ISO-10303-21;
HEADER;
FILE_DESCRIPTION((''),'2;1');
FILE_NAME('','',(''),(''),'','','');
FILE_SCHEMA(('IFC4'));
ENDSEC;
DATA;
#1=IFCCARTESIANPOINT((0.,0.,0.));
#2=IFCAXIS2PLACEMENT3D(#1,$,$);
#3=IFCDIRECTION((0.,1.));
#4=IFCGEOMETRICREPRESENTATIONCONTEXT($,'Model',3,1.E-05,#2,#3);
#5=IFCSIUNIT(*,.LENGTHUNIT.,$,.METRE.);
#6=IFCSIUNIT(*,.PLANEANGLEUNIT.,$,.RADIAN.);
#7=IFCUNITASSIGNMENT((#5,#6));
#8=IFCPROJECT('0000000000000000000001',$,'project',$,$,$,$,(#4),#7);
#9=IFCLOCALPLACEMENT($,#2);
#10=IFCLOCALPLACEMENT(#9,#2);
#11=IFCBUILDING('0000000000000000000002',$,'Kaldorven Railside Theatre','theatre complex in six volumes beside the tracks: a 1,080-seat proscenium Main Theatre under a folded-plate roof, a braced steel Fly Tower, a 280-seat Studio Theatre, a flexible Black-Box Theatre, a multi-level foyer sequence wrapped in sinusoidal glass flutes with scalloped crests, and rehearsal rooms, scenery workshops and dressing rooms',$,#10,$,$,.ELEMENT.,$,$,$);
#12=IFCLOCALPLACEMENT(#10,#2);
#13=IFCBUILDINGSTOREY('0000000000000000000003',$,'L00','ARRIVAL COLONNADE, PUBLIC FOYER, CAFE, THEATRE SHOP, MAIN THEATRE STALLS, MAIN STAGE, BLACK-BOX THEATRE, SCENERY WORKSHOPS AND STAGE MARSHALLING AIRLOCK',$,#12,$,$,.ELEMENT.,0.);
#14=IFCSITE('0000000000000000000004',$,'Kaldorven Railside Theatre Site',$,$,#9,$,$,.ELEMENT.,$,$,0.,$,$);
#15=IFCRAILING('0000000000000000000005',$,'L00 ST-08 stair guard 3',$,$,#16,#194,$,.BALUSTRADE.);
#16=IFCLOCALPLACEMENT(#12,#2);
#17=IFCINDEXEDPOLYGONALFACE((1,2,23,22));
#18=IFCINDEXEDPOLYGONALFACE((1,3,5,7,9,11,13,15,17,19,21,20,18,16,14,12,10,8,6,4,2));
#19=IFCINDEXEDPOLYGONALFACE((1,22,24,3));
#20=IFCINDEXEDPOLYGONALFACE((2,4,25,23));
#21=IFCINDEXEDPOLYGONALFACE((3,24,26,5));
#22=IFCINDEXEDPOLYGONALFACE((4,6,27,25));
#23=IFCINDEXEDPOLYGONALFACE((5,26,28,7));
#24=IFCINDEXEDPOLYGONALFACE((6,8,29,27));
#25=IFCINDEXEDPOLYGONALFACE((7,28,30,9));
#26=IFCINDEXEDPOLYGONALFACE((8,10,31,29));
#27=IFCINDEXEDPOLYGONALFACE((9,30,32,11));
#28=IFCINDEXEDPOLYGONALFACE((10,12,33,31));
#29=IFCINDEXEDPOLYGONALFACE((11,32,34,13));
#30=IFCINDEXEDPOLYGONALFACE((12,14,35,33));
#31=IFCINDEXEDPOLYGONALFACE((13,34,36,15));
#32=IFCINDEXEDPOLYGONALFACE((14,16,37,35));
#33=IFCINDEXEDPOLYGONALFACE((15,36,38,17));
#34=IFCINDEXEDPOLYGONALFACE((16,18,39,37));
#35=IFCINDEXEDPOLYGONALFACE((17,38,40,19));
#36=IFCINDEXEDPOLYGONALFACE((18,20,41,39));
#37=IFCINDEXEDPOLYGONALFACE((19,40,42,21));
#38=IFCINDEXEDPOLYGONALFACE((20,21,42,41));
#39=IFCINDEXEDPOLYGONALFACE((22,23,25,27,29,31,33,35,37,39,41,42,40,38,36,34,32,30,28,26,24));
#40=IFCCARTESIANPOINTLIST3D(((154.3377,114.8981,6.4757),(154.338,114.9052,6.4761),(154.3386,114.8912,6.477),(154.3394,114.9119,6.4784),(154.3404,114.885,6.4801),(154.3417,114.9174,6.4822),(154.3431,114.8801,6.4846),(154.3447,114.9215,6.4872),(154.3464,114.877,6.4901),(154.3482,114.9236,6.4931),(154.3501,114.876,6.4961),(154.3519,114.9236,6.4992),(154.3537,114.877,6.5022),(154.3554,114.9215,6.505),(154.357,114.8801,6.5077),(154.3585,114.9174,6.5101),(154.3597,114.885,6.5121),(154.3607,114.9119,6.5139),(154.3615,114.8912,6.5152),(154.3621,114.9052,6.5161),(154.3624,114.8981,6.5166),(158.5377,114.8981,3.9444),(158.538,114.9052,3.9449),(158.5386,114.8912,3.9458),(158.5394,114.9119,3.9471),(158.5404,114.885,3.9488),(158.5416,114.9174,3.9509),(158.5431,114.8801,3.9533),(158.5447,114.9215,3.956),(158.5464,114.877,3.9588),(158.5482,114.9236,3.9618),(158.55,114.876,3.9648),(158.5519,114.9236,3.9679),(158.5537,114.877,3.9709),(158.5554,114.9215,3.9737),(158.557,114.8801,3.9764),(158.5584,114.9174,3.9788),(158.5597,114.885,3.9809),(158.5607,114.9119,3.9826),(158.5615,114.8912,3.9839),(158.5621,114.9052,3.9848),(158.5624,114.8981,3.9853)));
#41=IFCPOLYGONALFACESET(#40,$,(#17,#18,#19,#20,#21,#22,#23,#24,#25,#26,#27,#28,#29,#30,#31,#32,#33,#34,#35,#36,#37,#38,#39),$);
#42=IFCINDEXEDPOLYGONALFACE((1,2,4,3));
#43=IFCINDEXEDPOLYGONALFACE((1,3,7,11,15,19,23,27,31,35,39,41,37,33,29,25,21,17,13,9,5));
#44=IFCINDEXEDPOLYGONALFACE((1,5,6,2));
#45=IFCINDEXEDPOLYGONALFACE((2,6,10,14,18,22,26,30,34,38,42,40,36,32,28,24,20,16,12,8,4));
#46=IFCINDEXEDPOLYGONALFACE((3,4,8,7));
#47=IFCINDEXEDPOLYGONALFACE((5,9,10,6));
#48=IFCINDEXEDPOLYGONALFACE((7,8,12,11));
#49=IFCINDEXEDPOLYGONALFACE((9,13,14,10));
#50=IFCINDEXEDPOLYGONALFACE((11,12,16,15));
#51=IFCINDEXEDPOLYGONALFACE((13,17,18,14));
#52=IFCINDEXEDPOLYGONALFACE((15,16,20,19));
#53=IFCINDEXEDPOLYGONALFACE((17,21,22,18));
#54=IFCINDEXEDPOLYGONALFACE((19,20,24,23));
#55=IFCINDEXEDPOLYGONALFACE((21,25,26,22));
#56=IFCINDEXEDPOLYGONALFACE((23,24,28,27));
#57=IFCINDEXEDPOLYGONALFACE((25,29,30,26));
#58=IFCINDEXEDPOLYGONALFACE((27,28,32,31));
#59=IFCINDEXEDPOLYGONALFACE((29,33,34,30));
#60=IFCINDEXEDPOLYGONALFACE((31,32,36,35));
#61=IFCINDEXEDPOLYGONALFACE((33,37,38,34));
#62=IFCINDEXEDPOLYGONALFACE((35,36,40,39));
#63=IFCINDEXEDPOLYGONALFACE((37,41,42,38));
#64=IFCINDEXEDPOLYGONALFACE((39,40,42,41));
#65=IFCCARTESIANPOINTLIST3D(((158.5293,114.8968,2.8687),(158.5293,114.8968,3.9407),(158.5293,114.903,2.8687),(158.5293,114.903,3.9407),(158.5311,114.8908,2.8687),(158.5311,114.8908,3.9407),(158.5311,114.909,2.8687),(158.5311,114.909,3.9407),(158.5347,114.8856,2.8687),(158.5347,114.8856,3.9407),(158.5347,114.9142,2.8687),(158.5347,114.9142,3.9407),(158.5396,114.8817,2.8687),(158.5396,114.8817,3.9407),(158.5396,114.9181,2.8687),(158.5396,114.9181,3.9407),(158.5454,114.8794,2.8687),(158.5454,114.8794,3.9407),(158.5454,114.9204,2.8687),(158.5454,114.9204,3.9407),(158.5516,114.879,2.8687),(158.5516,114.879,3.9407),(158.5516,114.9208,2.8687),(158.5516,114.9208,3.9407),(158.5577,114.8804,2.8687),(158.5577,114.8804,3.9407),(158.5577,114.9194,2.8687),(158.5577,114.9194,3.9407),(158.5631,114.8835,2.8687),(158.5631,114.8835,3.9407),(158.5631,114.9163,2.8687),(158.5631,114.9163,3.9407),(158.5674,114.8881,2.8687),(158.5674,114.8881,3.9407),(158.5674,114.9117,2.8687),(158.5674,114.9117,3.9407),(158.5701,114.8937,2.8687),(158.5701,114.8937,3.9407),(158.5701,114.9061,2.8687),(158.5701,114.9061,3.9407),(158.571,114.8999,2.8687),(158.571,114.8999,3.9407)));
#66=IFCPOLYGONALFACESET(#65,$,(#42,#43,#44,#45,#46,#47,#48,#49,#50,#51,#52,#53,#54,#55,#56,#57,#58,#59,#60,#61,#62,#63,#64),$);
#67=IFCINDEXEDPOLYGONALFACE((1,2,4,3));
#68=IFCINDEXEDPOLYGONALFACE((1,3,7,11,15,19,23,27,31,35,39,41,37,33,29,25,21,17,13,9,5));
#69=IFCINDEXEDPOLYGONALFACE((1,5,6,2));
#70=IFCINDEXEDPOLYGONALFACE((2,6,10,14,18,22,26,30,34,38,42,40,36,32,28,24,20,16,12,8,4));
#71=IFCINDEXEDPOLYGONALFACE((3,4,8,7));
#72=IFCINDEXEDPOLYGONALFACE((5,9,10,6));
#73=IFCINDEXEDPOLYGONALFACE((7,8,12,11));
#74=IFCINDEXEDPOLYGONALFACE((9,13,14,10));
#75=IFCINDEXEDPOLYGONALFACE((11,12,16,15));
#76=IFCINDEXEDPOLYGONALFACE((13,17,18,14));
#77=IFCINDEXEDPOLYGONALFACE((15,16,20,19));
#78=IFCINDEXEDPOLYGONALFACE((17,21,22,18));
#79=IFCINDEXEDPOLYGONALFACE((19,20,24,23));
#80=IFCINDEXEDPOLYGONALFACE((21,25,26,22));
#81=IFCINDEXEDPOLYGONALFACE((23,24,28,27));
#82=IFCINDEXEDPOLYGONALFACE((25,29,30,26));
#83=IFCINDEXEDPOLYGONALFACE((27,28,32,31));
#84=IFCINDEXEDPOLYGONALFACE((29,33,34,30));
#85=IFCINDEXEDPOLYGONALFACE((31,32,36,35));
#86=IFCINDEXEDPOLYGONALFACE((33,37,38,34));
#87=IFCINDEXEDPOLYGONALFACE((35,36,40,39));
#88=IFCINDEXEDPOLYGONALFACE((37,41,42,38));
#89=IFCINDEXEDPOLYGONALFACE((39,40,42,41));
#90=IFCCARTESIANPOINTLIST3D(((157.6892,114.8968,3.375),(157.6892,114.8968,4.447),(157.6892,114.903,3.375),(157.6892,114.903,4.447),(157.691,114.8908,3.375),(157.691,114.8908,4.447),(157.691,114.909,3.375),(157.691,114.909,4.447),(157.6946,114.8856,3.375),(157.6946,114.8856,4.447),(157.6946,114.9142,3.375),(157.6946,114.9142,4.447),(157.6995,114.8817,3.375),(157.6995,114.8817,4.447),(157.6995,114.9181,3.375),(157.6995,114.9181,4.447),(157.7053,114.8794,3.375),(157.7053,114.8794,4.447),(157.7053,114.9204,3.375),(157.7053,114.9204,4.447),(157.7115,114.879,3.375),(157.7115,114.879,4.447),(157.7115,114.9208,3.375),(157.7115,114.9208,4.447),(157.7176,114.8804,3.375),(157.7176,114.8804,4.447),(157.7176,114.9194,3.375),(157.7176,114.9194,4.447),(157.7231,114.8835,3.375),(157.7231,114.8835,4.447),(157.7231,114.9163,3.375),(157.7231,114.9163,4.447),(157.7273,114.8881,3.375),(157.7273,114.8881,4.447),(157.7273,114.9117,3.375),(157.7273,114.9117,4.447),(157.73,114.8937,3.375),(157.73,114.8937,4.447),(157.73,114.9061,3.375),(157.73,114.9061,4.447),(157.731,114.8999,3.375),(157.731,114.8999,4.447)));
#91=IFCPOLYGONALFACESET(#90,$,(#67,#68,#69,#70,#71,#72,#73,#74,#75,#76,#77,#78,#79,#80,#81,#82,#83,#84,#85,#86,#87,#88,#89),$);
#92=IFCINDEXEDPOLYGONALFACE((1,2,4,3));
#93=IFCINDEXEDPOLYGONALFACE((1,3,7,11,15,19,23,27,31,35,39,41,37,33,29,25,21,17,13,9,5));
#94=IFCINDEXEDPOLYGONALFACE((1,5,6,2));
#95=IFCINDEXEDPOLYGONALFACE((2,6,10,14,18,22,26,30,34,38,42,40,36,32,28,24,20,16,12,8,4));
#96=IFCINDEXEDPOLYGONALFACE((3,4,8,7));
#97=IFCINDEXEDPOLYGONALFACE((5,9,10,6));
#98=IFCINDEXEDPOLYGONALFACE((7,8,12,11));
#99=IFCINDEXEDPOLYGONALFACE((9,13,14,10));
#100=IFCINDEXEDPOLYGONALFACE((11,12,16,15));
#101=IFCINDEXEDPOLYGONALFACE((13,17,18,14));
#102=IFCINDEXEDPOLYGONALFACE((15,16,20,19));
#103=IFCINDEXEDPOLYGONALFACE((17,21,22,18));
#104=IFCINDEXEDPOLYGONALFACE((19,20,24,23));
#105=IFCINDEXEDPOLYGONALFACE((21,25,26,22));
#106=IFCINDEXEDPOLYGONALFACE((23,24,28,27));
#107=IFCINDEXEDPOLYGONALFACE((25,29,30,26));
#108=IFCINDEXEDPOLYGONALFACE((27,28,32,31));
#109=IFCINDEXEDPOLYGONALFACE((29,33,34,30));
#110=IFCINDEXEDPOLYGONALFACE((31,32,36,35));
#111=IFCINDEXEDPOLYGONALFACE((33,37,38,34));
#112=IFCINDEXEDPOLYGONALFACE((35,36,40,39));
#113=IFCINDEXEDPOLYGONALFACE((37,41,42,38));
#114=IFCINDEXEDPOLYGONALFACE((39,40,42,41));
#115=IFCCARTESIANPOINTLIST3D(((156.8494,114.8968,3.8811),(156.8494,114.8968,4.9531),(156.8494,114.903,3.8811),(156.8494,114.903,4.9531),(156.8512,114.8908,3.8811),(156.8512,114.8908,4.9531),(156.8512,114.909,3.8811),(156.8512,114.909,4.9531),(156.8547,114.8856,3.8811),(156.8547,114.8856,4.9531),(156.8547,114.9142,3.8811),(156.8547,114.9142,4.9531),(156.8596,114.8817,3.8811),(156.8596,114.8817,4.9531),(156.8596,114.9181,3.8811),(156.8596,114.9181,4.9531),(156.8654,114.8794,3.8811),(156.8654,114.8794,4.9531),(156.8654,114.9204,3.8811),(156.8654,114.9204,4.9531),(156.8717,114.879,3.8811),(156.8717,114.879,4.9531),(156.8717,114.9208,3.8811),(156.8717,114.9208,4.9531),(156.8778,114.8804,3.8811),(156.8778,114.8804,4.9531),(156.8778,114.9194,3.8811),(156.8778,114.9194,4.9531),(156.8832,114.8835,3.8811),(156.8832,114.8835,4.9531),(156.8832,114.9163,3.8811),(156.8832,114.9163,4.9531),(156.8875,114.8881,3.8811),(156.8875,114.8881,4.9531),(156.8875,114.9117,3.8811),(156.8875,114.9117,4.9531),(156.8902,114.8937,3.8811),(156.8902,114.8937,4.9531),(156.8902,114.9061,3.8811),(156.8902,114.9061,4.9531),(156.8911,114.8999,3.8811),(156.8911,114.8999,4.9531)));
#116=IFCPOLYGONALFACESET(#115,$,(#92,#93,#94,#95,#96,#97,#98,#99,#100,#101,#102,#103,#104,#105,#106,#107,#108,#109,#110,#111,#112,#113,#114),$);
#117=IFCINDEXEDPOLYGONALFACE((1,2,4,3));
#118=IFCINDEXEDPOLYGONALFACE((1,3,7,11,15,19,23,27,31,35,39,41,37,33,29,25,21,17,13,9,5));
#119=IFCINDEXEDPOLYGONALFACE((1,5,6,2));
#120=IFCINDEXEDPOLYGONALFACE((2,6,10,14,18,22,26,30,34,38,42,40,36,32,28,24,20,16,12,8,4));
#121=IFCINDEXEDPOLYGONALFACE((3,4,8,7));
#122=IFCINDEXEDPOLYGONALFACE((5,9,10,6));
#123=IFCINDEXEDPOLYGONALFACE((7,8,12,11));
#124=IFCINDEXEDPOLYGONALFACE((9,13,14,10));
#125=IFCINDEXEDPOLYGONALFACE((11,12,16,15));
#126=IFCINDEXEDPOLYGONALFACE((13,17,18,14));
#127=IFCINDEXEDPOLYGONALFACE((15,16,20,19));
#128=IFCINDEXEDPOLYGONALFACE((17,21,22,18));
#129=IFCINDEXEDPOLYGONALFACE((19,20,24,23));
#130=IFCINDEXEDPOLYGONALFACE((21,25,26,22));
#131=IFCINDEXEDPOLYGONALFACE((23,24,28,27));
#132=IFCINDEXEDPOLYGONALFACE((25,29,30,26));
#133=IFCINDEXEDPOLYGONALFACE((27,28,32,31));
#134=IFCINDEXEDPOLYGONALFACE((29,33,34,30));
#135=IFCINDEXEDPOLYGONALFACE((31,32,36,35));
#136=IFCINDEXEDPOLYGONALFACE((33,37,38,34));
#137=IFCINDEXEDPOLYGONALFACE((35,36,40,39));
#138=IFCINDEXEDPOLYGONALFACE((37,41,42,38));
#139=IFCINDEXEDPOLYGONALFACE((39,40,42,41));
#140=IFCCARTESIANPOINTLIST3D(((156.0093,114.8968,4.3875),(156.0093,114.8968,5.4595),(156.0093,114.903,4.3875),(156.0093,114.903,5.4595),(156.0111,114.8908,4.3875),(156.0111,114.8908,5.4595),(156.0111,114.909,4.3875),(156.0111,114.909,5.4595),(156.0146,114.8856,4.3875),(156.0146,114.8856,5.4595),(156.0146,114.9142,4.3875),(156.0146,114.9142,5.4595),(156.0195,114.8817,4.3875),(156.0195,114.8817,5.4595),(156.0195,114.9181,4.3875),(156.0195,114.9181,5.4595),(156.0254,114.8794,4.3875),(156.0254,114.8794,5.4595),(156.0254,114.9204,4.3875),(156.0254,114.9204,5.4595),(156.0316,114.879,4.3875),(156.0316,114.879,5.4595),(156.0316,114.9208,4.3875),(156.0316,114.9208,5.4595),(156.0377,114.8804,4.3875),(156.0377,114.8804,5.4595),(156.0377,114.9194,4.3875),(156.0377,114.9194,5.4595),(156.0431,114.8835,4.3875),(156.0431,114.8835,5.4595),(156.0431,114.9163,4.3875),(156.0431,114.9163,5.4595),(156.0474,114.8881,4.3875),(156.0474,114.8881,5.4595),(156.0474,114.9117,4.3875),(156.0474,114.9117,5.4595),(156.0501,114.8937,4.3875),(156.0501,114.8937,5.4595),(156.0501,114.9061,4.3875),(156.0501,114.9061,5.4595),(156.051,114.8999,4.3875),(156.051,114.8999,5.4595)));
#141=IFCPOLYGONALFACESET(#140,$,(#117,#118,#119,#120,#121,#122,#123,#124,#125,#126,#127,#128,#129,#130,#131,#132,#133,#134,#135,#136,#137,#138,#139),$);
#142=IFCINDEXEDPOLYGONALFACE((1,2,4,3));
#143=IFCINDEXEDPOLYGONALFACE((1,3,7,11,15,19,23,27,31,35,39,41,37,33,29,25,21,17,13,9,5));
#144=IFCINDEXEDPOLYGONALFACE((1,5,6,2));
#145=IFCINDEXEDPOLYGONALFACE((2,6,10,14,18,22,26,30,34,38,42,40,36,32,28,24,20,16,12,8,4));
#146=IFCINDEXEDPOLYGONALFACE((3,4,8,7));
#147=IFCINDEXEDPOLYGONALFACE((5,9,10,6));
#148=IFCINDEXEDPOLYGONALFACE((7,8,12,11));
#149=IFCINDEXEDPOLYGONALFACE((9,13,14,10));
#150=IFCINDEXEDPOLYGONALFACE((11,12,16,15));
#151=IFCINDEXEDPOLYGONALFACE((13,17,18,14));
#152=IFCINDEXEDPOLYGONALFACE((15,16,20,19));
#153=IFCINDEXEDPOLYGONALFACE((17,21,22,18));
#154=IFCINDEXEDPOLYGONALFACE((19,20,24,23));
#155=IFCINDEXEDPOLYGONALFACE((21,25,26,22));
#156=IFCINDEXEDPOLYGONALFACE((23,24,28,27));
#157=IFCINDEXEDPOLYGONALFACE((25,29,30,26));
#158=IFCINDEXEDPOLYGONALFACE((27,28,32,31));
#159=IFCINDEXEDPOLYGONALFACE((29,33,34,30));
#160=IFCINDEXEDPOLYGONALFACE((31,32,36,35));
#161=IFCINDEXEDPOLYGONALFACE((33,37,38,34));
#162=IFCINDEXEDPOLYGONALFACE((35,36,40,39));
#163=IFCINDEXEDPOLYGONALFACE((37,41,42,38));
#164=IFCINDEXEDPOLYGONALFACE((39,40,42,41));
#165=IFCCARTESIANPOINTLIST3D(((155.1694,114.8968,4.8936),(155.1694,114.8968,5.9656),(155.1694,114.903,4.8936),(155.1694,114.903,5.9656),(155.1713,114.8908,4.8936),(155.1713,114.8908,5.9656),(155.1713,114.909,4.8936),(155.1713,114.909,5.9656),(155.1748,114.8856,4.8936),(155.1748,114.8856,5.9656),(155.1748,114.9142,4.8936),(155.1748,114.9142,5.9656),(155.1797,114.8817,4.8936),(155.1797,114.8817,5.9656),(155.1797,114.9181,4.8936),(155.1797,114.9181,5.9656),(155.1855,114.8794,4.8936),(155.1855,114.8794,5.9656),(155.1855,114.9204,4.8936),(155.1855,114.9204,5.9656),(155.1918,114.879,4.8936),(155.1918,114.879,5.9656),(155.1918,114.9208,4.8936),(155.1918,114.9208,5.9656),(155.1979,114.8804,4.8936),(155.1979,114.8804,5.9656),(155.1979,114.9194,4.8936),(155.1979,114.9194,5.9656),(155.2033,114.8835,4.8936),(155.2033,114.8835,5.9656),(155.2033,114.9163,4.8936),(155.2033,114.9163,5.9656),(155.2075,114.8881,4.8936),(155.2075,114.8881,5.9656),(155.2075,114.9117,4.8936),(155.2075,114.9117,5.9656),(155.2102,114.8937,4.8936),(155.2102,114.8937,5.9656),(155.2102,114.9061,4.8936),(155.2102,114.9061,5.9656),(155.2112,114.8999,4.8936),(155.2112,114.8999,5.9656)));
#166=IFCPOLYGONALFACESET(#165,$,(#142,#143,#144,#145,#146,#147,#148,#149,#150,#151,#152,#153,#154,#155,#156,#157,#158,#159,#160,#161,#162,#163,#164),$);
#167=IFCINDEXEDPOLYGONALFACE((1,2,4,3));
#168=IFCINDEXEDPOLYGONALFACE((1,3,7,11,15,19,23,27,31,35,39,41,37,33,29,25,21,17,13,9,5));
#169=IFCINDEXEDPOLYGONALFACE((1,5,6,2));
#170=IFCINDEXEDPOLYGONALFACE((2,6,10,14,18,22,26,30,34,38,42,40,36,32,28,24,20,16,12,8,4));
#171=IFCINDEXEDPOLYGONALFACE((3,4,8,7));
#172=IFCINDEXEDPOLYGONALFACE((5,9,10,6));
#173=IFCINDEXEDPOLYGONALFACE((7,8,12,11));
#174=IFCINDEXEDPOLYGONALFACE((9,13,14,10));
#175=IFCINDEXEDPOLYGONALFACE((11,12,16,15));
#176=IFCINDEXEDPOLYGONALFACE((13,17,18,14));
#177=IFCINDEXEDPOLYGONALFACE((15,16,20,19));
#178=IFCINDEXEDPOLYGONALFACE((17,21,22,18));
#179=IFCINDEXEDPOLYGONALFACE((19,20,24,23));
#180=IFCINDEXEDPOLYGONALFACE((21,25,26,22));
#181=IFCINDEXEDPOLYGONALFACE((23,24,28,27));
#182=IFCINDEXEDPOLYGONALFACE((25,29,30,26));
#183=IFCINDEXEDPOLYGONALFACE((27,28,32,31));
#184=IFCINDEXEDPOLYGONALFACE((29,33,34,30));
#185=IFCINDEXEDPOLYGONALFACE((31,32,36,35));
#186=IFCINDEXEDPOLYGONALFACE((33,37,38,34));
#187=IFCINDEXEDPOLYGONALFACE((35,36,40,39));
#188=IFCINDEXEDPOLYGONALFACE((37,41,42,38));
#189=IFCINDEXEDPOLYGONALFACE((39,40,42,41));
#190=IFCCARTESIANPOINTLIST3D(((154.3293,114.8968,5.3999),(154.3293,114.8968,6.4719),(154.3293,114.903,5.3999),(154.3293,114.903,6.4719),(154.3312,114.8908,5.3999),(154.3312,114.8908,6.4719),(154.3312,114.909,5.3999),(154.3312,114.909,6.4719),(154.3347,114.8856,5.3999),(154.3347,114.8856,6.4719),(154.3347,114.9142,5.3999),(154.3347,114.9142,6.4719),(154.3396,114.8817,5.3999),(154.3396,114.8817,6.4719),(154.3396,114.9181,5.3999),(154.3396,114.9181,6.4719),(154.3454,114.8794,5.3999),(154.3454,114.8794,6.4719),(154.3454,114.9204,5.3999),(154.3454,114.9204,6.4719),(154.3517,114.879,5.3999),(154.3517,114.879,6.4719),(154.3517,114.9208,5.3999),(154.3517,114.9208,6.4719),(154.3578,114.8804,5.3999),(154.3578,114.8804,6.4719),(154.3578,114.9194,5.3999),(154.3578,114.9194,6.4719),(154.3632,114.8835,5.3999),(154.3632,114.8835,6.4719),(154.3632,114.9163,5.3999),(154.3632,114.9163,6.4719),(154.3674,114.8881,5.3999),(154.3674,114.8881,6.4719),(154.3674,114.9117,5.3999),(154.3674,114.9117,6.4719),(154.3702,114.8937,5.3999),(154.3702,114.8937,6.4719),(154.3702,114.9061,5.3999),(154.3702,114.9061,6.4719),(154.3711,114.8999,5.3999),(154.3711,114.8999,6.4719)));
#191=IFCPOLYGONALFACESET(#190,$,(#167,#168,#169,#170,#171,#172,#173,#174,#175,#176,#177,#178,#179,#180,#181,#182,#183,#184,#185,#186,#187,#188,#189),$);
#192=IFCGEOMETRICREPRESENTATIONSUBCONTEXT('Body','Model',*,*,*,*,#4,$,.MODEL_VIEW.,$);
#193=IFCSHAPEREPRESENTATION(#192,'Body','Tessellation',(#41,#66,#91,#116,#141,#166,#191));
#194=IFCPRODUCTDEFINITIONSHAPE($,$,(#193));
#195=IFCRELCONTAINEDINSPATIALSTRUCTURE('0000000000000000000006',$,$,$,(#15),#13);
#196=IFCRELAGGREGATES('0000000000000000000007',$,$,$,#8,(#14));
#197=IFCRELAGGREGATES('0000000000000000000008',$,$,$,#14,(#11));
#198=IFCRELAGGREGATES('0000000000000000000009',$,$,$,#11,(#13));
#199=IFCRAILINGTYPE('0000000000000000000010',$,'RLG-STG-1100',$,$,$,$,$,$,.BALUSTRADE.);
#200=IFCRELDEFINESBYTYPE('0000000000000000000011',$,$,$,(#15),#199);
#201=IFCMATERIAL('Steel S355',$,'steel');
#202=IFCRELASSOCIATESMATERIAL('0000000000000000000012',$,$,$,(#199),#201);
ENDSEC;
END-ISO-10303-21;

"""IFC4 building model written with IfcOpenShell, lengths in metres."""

from ifc_helpers import new_model, si_unit, direction, frame, origin, origin_2d, place, context, subcontext, project, spatial, circle, extrude, material, type_object, element, save


model = new_model("IFC4")

# Units and contexts
model_context = context("Model", 3, precision=1e-05, world=origin(), true_north=direction((0.0, 1.0)))
body_context = subcontext(model_context, "Body", "Model", "MODEL_VIEW")
ifc_project = project(units=[si_unit("LENGTHUNIT", "METRE"), si_unit("PLANEANGLEUNIT", "RADIAN")], contexts=[model_context])

# Site, building, storey
site_placement = place(None, origin())
site = spatial("IfcSite", under=ifc_project, at=site_placement, Name="Kaldorven Railside Theatre Site", CompositionType="ELEMENT", RefElevation=0.0)
building_placement = place(site_placement, origin())
building = spatial("IfcBuilding", under=site, at=building_placement, Name="Kaldorven Railside Theatre", Description="theatre complex in six volumes beside the tracks: a 1,080-seat proscenium Main Theatre under a folded-plate roof, a braced steel Fly Tower, a 280-seat Studio Theatre, a flexible Black-Box Theatre, a multi-level foyer sequence wrapped in sinusoidal glass flutes with scalloped crests, and rehearsal rooms, scenery workshops and dressing rooms", CompositionType="ELEMENT")
storey_placement = place(building_placement, origin())
storey = spatial("IfcBuildingStorey", under=building, at=storey_placement, Name="L00", Description="ARRIVAL COLONNADE, PUBLIC FOYER, CAFE, THEATRE SHOP, MAIN THEATRE STALLS, MAIN STAGE, BLACK-BOX THEATRE, SCENERY WORKSHOPS AND STAGE MARSHALLING AIRLOCK", CompositionType="ELEMENT", Elevation=0.0)

# Railing
ifc_material_1 = material(Name="Steel S355", Category="steel")
railing_type_1 = type_object("IfcRailingType", Name="RLG-STG-1100", PredefinedType="BALUSTRADE", material=ifc_material_1)
railing_1_placement = place(storey_placement, frame((158.55, 114.8999, 2.8687)))
element("IfcRailing", 1, at=railing_1_placement, inside=storey, type_object=railing_type_1, Name="L00 ST-08 stair guard 3", PredefinedType="BALUSTRADE", context=body_context, shape_type="SweptSolid", body=[
    extrude(circle(Radius=0.0239, at=origin_2d()), frame((0.0, 0.0, 1.0962), z_axis=(-0.856476, 0.0, 0.516186), x_axis=(0.0, -1.0, 0.0)), (0.0, 0.0, 1.0), 4.9038),
    extrude(circle(Radius=0.021, at=origin_2d()), origin(), (0.0, 0.0, 1.0), 1.072),
    extrude(circle(Radius=0.021, at=origin_2d()), frame((-0.8401, 0.0, 0.5063)), (0.0, 0.0, 1.0), 1.072),
    extrude(circle(Radius=0.021, at=origin_2d()), frame((-1.6799, 0.0, 1.0125)), (0.0, 0.0, 1.0), 1.072),
    extrude(circle(Radius=0.021, at=origin_2d()), frame((-2.52, 0.0, 1.5188)), (0.0, 0.0, 1.0), 1.072),
    extrude(circle(Radius=0.021, at=origin_2d()), frame((-3.3599, 0.0, 2.0249)), (0.0, 0.0, 1.0), 1.072),
    extrude(circle(Radius=0.021, at=origin_2d()), frame((-4.2, 0.0, 2.5312)), (0.0, 0.0, 1.0), 1.072),
])

save(model, "model.ifc")
